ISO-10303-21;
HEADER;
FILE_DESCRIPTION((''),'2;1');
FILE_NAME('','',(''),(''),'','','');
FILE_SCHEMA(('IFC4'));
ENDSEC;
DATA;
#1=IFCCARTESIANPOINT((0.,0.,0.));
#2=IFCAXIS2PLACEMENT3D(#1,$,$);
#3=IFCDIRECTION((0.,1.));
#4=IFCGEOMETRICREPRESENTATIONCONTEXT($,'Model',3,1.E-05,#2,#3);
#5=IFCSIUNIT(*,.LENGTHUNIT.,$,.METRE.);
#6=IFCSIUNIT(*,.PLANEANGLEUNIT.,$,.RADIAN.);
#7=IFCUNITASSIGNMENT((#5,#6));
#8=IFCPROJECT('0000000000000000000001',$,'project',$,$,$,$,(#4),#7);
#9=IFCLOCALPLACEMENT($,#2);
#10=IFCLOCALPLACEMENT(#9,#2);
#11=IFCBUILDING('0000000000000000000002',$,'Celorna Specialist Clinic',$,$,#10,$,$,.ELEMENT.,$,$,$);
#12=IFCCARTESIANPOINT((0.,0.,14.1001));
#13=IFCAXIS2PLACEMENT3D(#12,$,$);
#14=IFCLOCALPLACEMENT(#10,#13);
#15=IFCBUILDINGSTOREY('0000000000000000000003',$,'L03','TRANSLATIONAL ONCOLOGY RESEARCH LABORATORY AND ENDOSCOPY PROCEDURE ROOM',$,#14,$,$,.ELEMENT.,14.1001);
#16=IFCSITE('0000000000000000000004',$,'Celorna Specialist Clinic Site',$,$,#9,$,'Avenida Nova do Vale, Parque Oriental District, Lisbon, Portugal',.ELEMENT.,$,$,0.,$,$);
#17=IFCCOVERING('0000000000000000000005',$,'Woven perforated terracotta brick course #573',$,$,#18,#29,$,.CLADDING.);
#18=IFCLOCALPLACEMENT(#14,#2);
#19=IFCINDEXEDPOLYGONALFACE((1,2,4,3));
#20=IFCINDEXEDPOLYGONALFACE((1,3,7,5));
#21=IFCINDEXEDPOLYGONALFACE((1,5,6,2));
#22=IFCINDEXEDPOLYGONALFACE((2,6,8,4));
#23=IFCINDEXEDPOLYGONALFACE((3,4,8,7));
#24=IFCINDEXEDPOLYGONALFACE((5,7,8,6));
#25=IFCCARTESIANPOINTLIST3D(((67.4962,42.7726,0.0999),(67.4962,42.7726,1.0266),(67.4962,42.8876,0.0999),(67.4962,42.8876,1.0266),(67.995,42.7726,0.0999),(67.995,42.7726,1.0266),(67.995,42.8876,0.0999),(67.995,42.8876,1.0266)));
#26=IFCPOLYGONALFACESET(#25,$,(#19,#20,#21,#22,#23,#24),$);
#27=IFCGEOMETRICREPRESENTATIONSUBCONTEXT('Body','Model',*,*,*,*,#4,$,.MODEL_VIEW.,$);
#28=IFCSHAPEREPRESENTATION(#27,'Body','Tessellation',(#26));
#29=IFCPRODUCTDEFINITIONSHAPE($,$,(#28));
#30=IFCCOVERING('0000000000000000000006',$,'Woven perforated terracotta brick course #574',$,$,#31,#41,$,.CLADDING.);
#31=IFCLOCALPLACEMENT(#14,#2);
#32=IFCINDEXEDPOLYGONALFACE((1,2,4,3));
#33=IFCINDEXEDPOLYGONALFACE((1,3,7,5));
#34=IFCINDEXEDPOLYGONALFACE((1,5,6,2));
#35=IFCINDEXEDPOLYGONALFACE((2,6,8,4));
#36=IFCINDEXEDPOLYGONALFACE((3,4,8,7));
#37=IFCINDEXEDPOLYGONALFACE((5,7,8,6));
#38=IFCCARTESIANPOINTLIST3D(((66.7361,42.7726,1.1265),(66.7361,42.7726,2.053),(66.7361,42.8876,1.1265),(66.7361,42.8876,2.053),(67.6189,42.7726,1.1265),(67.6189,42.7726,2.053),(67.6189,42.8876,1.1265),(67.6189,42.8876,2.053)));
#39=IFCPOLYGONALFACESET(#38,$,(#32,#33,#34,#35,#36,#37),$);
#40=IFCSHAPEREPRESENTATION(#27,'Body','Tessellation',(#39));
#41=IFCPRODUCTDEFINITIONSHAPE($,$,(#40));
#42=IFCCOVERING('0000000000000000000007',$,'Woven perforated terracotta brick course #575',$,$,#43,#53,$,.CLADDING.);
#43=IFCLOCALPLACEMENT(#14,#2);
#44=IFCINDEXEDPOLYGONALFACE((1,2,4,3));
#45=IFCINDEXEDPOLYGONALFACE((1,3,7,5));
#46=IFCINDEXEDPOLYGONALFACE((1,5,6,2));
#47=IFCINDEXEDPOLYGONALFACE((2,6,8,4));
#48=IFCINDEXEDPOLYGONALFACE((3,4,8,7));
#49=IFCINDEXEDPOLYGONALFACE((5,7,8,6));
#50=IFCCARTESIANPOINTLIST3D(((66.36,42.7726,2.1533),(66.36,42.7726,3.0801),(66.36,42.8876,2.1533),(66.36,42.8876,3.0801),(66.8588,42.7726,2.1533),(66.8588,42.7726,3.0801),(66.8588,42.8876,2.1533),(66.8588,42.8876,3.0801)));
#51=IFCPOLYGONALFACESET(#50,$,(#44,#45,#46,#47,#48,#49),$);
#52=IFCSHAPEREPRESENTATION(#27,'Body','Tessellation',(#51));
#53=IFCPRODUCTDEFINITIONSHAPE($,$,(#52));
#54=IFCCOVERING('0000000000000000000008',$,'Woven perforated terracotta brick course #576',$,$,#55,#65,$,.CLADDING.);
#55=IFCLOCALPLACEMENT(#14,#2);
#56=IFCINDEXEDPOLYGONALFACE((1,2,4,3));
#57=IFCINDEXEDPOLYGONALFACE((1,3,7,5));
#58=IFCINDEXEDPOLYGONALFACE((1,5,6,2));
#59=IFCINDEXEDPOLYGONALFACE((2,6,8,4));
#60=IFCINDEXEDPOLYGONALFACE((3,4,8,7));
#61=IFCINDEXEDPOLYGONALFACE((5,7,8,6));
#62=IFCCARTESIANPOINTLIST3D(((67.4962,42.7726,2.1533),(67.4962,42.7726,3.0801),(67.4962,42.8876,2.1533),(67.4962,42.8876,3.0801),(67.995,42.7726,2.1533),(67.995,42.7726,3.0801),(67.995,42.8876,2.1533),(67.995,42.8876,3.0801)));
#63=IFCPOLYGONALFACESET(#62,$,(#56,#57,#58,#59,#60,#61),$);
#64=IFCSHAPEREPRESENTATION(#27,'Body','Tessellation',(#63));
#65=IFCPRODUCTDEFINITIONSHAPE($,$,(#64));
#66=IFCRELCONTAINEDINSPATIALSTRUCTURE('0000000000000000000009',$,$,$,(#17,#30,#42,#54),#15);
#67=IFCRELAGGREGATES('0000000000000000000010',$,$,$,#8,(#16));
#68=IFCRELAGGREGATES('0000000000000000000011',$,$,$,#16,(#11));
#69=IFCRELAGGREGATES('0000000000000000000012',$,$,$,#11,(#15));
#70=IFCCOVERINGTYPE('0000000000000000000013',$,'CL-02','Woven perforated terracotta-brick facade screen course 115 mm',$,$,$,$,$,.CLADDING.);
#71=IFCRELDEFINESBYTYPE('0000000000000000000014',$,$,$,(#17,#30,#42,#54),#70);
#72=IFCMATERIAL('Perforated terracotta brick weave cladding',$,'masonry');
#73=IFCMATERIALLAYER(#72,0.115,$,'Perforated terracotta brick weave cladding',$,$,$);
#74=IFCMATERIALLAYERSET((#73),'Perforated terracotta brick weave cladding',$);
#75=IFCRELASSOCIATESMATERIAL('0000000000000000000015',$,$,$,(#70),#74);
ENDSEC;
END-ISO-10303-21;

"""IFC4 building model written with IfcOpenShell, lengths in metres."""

from ifc_helpers import new_model, si_unit, direction, frame, origin, origin_2d, place, context, subcontext, project, spatial, rectangle, extrude, material, layer, layer_set, type_object, element, save


model = new_model("IFC4")

# Units and contexts
model_context = context("Model", 3, precision=1e-05, world=origin(), true_north=direction((0.0, 1.0)))
body_context = subcontext(model_context, "Body", "Model", "MODEL_VIEW")
ifc_project = project(units=[si_unit("LENGTHUNIT", "METRE"), si_unit("PLANEANGLEUNIT", "RADIAN")], contexts=[model_context])

# Site, building, storey
site_placement = place(None, origin())
site = spatial("IfcSite", under=ifc_project, at=site_placement, Name="Celorna Specialist Clinic Site", LongName="Avenida Nova do Vale, Parque Oriental District, Lisbon, Portugal", CompositionType="ELEMENT", RefElevation=0.0)
building_placement = place(site_placement, origin())
building = spatial("IfcBuilding", under=site, at=building_placement, Name="Celorna Specialist Clinic", CompositionType="ELEMENT")
storey_placement = place(building_placement, frame((0.0, 0.0, 14.1001)))
storey = spatial("IfcBuildingStorey", under=building, at=storey_placement, Name="L03", Description="TRANSLATIONAL ONCOLOGY RESEARCH LABORATORY AND ENDOSCOPY PROCEDURE ROOM", CompositionType="ELEMENT", Elevation=14.1001)

# Coverings
ifc_material_1 = material(Name="Perforated terracotta brick weave cladding", Category="masonry")
ifc_layer_1 = layer(ifc_material_1, 0.115, Name="Perforated terracotta brick weave cladding")
ifc_layer_set_1 = layer_set([ifc_layer_1], Name="Perforated terracotta brick weave cladding")
covering_type = type_object("IfcCoveringType", Name="CL-02", Description="Woven perforated terracotta-brick facade screen course 115 mm", PredefinedType="CLADDING", material=ifc_layer_set_1)
for number, where, z_axis, x_axis, name in (
    (1, (67.7456, 42.8301, 0.0999), (0.0, 0.0, 1.0), (1.0, 0.0, 0.0), "Woven perforated terracotta brick course #573"),
):
    element("IfcCovering", number, at=place(storey_placement, frame(where, z_axis=z_axis, x_axis=x_axis)), inside=storey, type_object=covering_type, Name=name, PredefinedType="CLADDING", context=body_context, shape_type="SweptSolid", body=[
        extrude(rectangle(XDim=0.4988, YDim=0.115, at=origin_2d()), origin(), (0.0, 0.0, 1.0), 0.9268),
    ])
covering_placement = place(storey_placement, frame((67.1775, 42.8301, 1.1265), z_axis=(0.0, 0.0, 1.0), x_axis=(1.0, 0.0, 0.0)))
element("IfcCovering", 2, at=covering_placement, inside=storey, type_object=covering_type, Name="Woven perforated terracotta brick course #574", PredefinedType="CLADDING", context=body_context, shape_type="SweptSolid", body=[
    extrude(rectangle(XDim=0.8828, YDim=0.115, at=origin_2d()), origin(), (0.0, 0.0, 1.0), 0.9265),
])
for number, where, z_axis, x_axis, name in (
    (3, (66.6094, 42.8301, 2.1533), (0.0, 0.0, 1.0), (1.0, 0.0, 0.0), "Woven perforated terracotta brick course #575"),
    (4, (67.7456, 42.8301, 2.1533), (0.0, 0.0, 1.0), (1.0, 0.0, 0.0), "Woven perforated terracotta brick course #576"),
):
    element("IfcCovering", number, at=place(storey_placement, frame(where, z_axis=z_axis, x_axis=x_axis)), inside=storey, type_object=covering_type, Name=name, PredefinedType="CLADDING", context=body_context, shape_type="SweptSolid", body=[
        extrude(rectangle(XDim=0.4988, YDim=0.115, at=origin_2d()), origin(), (0.0, 0.0, 1.0), 0.9268),
    ])

save(model, "model.ifc")
